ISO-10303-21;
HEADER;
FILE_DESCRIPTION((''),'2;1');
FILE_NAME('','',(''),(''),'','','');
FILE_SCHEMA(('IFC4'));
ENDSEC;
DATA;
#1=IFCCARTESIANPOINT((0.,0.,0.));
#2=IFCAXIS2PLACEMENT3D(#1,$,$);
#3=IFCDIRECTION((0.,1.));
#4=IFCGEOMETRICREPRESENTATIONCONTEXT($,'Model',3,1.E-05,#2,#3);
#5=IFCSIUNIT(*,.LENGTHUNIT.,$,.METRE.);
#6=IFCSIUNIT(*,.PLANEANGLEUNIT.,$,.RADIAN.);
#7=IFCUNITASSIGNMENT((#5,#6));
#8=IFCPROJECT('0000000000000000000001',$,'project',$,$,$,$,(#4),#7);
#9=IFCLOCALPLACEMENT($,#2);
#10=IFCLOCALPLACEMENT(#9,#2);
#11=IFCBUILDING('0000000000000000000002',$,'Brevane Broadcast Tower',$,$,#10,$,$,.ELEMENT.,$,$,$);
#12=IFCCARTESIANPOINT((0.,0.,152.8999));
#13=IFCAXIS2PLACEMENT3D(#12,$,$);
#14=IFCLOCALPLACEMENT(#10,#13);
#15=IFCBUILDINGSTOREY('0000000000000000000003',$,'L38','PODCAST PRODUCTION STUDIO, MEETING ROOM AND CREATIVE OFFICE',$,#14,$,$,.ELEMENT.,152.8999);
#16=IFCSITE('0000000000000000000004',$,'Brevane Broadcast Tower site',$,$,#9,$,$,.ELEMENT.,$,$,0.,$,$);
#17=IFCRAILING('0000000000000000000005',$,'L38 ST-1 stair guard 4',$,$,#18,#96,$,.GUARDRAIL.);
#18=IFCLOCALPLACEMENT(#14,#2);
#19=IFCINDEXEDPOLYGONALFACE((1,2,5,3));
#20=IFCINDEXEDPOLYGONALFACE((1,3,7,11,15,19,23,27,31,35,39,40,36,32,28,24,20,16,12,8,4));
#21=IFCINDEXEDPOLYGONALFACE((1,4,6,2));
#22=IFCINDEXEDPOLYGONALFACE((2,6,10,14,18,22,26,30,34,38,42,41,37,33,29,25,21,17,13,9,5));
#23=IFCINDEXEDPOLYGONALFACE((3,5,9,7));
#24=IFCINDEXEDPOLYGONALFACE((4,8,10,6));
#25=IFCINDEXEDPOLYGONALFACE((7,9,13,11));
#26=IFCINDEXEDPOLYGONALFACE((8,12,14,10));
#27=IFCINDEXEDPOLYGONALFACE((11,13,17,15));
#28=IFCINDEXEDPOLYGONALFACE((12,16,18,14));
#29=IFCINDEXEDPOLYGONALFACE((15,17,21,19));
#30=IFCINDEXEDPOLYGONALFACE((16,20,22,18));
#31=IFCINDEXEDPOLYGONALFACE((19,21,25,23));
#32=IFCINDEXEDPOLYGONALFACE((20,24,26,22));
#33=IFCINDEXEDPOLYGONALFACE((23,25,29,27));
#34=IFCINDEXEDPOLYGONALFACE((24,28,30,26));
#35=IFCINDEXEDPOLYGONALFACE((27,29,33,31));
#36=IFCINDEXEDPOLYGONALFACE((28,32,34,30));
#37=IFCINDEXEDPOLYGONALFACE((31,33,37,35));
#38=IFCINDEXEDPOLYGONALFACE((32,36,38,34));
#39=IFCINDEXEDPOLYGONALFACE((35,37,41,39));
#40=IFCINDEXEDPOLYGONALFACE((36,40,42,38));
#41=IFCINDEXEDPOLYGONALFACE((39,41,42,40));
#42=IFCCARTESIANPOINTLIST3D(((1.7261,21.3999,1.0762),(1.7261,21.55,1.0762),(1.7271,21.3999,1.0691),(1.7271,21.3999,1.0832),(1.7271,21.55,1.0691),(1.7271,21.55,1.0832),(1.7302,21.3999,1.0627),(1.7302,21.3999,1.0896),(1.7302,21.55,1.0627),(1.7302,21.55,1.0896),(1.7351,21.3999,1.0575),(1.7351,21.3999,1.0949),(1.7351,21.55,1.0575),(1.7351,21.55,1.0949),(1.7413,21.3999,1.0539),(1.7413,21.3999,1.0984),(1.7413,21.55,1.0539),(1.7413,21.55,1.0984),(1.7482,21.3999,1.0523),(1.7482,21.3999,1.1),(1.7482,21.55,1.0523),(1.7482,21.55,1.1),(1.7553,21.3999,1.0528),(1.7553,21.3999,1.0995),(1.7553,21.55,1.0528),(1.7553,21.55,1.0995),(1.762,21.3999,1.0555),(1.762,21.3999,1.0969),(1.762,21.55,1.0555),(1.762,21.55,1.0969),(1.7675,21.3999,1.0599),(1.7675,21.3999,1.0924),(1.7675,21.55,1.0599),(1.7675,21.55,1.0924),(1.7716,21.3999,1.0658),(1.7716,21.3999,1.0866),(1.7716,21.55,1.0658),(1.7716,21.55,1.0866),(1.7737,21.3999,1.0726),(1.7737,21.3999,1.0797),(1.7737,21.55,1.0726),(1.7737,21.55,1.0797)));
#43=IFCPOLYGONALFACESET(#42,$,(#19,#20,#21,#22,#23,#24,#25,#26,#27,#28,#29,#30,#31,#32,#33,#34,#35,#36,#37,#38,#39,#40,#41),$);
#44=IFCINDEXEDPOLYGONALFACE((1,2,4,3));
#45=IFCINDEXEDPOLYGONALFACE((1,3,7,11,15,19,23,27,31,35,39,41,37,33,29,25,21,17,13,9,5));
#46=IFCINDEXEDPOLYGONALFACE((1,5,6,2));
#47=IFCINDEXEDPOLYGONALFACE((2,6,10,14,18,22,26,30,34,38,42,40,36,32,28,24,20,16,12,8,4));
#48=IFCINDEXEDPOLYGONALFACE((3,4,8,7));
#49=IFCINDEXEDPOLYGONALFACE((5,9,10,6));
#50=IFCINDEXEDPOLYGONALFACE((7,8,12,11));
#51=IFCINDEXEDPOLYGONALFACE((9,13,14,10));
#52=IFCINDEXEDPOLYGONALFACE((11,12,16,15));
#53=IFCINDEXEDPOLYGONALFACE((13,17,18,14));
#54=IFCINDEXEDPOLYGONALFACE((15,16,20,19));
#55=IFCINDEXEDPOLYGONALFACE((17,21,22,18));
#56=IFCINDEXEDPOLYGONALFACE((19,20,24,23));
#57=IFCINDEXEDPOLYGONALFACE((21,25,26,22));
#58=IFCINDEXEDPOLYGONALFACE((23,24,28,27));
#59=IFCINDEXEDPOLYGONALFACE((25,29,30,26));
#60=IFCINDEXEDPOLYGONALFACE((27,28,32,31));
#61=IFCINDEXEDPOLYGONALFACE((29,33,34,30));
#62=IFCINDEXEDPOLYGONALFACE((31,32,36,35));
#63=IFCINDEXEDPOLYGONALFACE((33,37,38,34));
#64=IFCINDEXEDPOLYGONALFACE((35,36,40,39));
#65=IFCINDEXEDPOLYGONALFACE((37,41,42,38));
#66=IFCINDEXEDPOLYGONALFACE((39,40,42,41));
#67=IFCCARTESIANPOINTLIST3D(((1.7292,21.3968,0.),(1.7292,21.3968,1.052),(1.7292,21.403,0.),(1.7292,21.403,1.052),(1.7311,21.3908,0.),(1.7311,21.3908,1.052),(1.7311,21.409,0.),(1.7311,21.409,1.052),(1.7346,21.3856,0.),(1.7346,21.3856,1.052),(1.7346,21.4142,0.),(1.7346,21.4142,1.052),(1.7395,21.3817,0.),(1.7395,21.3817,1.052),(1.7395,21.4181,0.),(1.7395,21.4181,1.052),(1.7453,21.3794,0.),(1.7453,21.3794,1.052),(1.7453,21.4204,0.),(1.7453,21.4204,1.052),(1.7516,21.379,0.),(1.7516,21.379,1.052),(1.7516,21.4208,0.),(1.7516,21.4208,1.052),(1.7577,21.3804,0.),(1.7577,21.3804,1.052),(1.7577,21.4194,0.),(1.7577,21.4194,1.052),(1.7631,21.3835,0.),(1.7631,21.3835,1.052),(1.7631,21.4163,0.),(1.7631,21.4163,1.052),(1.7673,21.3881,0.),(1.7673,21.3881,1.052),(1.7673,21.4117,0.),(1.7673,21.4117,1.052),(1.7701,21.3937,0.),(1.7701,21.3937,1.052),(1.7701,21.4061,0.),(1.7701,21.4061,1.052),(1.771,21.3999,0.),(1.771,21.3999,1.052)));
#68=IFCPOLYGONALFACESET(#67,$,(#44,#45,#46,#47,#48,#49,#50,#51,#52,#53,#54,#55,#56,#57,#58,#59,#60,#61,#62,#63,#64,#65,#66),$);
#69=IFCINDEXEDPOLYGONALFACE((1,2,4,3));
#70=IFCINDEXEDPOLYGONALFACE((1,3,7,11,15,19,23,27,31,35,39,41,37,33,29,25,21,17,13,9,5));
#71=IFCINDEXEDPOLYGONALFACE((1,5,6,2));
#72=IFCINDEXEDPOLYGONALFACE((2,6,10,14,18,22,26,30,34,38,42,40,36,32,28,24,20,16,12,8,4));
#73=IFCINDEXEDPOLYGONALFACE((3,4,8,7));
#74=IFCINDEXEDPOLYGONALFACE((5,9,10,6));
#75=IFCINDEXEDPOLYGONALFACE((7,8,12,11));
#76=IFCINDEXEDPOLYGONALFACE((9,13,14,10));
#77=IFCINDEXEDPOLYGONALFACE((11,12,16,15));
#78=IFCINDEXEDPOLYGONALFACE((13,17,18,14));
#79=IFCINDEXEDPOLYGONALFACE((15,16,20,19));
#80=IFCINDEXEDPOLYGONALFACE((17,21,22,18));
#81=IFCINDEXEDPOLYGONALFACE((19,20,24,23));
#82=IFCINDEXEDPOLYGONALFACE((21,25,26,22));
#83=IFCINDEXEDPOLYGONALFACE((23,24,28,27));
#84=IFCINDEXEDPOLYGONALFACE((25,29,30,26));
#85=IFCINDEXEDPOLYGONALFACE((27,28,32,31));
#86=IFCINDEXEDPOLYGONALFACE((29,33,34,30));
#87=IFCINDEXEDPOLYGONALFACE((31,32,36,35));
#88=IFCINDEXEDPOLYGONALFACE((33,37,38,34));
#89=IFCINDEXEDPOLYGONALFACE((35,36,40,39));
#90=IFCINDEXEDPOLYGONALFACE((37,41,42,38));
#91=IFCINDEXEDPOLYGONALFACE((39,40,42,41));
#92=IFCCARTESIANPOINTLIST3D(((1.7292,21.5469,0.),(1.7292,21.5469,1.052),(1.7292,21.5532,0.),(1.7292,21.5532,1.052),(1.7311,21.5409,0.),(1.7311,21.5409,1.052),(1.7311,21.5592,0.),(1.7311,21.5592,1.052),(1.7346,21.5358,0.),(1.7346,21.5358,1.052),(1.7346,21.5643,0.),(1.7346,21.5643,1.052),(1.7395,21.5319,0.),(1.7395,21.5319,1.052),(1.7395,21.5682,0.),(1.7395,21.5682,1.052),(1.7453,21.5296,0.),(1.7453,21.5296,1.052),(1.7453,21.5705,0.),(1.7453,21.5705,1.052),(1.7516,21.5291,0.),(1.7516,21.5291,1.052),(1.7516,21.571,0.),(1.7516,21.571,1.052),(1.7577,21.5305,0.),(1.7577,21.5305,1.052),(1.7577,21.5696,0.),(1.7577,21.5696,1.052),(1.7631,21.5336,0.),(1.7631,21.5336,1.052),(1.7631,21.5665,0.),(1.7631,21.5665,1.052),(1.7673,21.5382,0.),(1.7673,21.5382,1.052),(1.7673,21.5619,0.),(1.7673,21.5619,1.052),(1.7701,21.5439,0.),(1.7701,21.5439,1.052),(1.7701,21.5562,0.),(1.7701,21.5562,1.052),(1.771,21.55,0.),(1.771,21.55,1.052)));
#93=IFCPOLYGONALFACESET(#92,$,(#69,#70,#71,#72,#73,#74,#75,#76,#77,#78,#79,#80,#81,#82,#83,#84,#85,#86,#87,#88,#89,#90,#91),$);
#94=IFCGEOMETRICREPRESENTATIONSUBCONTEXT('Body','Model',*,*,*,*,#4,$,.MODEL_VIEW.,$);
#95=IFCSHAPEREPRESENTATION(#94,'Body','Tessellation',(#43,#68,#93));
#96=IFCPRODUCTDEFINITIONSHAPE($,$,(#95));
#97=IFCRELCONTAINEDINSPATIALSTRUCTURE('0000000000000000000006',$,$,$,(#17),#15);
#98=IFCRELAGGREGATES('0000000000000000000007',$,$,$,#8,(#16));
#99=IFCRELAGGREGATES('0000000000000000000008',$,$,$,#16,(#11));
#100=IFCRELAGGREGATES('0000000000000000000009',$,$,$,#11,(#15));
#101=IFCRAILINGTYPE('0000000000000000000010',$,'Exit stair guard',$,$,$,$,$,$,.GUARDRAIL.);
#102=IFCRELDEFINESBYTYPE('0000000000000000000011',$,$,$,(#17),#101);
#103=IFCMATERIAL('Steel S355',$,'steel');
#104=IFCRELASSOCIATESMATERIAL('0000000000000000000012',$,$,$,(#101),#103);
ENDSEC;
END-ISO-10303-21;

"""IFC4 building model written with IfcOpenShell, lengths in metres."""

from ifc_helpers import new_model, si_unit, direction, frame, origin, origin_2d, place, context, subcontext, project, spatial, circle, extrude, material, type_object, element, save


model = new_model("IFC4")

# Units and contexts
model_context = context("Model", 3, precision=1e-05, world=origin(), true_north=direction((0.0, 1.0)))
body_context = subcontext(model_context, "Body", "Model", "MODEL_VIEW")
ifc_project = project(units=[si_unit("LENGTHUNIT", "METRE"), si_unit("PLANEANGLEUNIT", "RADIAN")], contexts=[model_context])

# Site, building, storey
site_placement = place(None, origin())
site = spatial("IfcSite", under=ifc_project, at=site_placement, Name="Brevane Broadcast Tower site", CompositionType="ELEMENT", RefElevation=0.0)
building_placement = place(site_placement, origin())
building = spatial("IfcBuilding", under=site, at=building_placement, Name="Brevane Broadcast Tower", CompositionType="ELEMENT")
storey_placement = place(building_placement, frame((0.0, 0.0, 152.8999)))
storey = spatial("IfcBuildingStorey", under=building, at=storey_placement, Name="L38", Description="PODCAST PRODUCTION STUDIO, MEETING ROOM AND CREATIVE OFFICE", CompositionType="ELEMENT", Elevation=152.8999)

# Railing
ifc_material_1 = material(Name="Steel S355", Category="steel")
railing_type_1 = type_object("IfcRailingType", Name="Exit stair guard", PredefinedType="GUARDRAIL", material=ifc_material_1)
railing_1_placement = place(storey_placement, frame((1.75, 21.3999, 0.0)))
element("IfcRailing", 1, at=railing_1_placement, inside=storey, type_object=railing_type_1, Name="L38 ST-1 stair guard 4", PredefinedType="GUARDRAIL", context=body_context, shape_type="SweptSolid", body=[
    extrude(circle(Radius=0.0239, at=origin_2d()), frame((0.0, 0.0, 1.0762), z_axis=(0.0, 1.0, 0.0), x_axis=(-1.0, 0.0, 0.0)), (0.0, 0.0, 1.0), 0.1501),
    extrude(circle(Radius=0.021, at=origin_2d()), origin(), (0.0, 0.0, 1.0), 1.052),
    extrude(circle(Radius=0.021, at=origin_2d()), frame((0.0, 0.1501, 0.0)), (0.0, 0.0, 1.0), 1.052),
])

save(model, "model.ifc")
